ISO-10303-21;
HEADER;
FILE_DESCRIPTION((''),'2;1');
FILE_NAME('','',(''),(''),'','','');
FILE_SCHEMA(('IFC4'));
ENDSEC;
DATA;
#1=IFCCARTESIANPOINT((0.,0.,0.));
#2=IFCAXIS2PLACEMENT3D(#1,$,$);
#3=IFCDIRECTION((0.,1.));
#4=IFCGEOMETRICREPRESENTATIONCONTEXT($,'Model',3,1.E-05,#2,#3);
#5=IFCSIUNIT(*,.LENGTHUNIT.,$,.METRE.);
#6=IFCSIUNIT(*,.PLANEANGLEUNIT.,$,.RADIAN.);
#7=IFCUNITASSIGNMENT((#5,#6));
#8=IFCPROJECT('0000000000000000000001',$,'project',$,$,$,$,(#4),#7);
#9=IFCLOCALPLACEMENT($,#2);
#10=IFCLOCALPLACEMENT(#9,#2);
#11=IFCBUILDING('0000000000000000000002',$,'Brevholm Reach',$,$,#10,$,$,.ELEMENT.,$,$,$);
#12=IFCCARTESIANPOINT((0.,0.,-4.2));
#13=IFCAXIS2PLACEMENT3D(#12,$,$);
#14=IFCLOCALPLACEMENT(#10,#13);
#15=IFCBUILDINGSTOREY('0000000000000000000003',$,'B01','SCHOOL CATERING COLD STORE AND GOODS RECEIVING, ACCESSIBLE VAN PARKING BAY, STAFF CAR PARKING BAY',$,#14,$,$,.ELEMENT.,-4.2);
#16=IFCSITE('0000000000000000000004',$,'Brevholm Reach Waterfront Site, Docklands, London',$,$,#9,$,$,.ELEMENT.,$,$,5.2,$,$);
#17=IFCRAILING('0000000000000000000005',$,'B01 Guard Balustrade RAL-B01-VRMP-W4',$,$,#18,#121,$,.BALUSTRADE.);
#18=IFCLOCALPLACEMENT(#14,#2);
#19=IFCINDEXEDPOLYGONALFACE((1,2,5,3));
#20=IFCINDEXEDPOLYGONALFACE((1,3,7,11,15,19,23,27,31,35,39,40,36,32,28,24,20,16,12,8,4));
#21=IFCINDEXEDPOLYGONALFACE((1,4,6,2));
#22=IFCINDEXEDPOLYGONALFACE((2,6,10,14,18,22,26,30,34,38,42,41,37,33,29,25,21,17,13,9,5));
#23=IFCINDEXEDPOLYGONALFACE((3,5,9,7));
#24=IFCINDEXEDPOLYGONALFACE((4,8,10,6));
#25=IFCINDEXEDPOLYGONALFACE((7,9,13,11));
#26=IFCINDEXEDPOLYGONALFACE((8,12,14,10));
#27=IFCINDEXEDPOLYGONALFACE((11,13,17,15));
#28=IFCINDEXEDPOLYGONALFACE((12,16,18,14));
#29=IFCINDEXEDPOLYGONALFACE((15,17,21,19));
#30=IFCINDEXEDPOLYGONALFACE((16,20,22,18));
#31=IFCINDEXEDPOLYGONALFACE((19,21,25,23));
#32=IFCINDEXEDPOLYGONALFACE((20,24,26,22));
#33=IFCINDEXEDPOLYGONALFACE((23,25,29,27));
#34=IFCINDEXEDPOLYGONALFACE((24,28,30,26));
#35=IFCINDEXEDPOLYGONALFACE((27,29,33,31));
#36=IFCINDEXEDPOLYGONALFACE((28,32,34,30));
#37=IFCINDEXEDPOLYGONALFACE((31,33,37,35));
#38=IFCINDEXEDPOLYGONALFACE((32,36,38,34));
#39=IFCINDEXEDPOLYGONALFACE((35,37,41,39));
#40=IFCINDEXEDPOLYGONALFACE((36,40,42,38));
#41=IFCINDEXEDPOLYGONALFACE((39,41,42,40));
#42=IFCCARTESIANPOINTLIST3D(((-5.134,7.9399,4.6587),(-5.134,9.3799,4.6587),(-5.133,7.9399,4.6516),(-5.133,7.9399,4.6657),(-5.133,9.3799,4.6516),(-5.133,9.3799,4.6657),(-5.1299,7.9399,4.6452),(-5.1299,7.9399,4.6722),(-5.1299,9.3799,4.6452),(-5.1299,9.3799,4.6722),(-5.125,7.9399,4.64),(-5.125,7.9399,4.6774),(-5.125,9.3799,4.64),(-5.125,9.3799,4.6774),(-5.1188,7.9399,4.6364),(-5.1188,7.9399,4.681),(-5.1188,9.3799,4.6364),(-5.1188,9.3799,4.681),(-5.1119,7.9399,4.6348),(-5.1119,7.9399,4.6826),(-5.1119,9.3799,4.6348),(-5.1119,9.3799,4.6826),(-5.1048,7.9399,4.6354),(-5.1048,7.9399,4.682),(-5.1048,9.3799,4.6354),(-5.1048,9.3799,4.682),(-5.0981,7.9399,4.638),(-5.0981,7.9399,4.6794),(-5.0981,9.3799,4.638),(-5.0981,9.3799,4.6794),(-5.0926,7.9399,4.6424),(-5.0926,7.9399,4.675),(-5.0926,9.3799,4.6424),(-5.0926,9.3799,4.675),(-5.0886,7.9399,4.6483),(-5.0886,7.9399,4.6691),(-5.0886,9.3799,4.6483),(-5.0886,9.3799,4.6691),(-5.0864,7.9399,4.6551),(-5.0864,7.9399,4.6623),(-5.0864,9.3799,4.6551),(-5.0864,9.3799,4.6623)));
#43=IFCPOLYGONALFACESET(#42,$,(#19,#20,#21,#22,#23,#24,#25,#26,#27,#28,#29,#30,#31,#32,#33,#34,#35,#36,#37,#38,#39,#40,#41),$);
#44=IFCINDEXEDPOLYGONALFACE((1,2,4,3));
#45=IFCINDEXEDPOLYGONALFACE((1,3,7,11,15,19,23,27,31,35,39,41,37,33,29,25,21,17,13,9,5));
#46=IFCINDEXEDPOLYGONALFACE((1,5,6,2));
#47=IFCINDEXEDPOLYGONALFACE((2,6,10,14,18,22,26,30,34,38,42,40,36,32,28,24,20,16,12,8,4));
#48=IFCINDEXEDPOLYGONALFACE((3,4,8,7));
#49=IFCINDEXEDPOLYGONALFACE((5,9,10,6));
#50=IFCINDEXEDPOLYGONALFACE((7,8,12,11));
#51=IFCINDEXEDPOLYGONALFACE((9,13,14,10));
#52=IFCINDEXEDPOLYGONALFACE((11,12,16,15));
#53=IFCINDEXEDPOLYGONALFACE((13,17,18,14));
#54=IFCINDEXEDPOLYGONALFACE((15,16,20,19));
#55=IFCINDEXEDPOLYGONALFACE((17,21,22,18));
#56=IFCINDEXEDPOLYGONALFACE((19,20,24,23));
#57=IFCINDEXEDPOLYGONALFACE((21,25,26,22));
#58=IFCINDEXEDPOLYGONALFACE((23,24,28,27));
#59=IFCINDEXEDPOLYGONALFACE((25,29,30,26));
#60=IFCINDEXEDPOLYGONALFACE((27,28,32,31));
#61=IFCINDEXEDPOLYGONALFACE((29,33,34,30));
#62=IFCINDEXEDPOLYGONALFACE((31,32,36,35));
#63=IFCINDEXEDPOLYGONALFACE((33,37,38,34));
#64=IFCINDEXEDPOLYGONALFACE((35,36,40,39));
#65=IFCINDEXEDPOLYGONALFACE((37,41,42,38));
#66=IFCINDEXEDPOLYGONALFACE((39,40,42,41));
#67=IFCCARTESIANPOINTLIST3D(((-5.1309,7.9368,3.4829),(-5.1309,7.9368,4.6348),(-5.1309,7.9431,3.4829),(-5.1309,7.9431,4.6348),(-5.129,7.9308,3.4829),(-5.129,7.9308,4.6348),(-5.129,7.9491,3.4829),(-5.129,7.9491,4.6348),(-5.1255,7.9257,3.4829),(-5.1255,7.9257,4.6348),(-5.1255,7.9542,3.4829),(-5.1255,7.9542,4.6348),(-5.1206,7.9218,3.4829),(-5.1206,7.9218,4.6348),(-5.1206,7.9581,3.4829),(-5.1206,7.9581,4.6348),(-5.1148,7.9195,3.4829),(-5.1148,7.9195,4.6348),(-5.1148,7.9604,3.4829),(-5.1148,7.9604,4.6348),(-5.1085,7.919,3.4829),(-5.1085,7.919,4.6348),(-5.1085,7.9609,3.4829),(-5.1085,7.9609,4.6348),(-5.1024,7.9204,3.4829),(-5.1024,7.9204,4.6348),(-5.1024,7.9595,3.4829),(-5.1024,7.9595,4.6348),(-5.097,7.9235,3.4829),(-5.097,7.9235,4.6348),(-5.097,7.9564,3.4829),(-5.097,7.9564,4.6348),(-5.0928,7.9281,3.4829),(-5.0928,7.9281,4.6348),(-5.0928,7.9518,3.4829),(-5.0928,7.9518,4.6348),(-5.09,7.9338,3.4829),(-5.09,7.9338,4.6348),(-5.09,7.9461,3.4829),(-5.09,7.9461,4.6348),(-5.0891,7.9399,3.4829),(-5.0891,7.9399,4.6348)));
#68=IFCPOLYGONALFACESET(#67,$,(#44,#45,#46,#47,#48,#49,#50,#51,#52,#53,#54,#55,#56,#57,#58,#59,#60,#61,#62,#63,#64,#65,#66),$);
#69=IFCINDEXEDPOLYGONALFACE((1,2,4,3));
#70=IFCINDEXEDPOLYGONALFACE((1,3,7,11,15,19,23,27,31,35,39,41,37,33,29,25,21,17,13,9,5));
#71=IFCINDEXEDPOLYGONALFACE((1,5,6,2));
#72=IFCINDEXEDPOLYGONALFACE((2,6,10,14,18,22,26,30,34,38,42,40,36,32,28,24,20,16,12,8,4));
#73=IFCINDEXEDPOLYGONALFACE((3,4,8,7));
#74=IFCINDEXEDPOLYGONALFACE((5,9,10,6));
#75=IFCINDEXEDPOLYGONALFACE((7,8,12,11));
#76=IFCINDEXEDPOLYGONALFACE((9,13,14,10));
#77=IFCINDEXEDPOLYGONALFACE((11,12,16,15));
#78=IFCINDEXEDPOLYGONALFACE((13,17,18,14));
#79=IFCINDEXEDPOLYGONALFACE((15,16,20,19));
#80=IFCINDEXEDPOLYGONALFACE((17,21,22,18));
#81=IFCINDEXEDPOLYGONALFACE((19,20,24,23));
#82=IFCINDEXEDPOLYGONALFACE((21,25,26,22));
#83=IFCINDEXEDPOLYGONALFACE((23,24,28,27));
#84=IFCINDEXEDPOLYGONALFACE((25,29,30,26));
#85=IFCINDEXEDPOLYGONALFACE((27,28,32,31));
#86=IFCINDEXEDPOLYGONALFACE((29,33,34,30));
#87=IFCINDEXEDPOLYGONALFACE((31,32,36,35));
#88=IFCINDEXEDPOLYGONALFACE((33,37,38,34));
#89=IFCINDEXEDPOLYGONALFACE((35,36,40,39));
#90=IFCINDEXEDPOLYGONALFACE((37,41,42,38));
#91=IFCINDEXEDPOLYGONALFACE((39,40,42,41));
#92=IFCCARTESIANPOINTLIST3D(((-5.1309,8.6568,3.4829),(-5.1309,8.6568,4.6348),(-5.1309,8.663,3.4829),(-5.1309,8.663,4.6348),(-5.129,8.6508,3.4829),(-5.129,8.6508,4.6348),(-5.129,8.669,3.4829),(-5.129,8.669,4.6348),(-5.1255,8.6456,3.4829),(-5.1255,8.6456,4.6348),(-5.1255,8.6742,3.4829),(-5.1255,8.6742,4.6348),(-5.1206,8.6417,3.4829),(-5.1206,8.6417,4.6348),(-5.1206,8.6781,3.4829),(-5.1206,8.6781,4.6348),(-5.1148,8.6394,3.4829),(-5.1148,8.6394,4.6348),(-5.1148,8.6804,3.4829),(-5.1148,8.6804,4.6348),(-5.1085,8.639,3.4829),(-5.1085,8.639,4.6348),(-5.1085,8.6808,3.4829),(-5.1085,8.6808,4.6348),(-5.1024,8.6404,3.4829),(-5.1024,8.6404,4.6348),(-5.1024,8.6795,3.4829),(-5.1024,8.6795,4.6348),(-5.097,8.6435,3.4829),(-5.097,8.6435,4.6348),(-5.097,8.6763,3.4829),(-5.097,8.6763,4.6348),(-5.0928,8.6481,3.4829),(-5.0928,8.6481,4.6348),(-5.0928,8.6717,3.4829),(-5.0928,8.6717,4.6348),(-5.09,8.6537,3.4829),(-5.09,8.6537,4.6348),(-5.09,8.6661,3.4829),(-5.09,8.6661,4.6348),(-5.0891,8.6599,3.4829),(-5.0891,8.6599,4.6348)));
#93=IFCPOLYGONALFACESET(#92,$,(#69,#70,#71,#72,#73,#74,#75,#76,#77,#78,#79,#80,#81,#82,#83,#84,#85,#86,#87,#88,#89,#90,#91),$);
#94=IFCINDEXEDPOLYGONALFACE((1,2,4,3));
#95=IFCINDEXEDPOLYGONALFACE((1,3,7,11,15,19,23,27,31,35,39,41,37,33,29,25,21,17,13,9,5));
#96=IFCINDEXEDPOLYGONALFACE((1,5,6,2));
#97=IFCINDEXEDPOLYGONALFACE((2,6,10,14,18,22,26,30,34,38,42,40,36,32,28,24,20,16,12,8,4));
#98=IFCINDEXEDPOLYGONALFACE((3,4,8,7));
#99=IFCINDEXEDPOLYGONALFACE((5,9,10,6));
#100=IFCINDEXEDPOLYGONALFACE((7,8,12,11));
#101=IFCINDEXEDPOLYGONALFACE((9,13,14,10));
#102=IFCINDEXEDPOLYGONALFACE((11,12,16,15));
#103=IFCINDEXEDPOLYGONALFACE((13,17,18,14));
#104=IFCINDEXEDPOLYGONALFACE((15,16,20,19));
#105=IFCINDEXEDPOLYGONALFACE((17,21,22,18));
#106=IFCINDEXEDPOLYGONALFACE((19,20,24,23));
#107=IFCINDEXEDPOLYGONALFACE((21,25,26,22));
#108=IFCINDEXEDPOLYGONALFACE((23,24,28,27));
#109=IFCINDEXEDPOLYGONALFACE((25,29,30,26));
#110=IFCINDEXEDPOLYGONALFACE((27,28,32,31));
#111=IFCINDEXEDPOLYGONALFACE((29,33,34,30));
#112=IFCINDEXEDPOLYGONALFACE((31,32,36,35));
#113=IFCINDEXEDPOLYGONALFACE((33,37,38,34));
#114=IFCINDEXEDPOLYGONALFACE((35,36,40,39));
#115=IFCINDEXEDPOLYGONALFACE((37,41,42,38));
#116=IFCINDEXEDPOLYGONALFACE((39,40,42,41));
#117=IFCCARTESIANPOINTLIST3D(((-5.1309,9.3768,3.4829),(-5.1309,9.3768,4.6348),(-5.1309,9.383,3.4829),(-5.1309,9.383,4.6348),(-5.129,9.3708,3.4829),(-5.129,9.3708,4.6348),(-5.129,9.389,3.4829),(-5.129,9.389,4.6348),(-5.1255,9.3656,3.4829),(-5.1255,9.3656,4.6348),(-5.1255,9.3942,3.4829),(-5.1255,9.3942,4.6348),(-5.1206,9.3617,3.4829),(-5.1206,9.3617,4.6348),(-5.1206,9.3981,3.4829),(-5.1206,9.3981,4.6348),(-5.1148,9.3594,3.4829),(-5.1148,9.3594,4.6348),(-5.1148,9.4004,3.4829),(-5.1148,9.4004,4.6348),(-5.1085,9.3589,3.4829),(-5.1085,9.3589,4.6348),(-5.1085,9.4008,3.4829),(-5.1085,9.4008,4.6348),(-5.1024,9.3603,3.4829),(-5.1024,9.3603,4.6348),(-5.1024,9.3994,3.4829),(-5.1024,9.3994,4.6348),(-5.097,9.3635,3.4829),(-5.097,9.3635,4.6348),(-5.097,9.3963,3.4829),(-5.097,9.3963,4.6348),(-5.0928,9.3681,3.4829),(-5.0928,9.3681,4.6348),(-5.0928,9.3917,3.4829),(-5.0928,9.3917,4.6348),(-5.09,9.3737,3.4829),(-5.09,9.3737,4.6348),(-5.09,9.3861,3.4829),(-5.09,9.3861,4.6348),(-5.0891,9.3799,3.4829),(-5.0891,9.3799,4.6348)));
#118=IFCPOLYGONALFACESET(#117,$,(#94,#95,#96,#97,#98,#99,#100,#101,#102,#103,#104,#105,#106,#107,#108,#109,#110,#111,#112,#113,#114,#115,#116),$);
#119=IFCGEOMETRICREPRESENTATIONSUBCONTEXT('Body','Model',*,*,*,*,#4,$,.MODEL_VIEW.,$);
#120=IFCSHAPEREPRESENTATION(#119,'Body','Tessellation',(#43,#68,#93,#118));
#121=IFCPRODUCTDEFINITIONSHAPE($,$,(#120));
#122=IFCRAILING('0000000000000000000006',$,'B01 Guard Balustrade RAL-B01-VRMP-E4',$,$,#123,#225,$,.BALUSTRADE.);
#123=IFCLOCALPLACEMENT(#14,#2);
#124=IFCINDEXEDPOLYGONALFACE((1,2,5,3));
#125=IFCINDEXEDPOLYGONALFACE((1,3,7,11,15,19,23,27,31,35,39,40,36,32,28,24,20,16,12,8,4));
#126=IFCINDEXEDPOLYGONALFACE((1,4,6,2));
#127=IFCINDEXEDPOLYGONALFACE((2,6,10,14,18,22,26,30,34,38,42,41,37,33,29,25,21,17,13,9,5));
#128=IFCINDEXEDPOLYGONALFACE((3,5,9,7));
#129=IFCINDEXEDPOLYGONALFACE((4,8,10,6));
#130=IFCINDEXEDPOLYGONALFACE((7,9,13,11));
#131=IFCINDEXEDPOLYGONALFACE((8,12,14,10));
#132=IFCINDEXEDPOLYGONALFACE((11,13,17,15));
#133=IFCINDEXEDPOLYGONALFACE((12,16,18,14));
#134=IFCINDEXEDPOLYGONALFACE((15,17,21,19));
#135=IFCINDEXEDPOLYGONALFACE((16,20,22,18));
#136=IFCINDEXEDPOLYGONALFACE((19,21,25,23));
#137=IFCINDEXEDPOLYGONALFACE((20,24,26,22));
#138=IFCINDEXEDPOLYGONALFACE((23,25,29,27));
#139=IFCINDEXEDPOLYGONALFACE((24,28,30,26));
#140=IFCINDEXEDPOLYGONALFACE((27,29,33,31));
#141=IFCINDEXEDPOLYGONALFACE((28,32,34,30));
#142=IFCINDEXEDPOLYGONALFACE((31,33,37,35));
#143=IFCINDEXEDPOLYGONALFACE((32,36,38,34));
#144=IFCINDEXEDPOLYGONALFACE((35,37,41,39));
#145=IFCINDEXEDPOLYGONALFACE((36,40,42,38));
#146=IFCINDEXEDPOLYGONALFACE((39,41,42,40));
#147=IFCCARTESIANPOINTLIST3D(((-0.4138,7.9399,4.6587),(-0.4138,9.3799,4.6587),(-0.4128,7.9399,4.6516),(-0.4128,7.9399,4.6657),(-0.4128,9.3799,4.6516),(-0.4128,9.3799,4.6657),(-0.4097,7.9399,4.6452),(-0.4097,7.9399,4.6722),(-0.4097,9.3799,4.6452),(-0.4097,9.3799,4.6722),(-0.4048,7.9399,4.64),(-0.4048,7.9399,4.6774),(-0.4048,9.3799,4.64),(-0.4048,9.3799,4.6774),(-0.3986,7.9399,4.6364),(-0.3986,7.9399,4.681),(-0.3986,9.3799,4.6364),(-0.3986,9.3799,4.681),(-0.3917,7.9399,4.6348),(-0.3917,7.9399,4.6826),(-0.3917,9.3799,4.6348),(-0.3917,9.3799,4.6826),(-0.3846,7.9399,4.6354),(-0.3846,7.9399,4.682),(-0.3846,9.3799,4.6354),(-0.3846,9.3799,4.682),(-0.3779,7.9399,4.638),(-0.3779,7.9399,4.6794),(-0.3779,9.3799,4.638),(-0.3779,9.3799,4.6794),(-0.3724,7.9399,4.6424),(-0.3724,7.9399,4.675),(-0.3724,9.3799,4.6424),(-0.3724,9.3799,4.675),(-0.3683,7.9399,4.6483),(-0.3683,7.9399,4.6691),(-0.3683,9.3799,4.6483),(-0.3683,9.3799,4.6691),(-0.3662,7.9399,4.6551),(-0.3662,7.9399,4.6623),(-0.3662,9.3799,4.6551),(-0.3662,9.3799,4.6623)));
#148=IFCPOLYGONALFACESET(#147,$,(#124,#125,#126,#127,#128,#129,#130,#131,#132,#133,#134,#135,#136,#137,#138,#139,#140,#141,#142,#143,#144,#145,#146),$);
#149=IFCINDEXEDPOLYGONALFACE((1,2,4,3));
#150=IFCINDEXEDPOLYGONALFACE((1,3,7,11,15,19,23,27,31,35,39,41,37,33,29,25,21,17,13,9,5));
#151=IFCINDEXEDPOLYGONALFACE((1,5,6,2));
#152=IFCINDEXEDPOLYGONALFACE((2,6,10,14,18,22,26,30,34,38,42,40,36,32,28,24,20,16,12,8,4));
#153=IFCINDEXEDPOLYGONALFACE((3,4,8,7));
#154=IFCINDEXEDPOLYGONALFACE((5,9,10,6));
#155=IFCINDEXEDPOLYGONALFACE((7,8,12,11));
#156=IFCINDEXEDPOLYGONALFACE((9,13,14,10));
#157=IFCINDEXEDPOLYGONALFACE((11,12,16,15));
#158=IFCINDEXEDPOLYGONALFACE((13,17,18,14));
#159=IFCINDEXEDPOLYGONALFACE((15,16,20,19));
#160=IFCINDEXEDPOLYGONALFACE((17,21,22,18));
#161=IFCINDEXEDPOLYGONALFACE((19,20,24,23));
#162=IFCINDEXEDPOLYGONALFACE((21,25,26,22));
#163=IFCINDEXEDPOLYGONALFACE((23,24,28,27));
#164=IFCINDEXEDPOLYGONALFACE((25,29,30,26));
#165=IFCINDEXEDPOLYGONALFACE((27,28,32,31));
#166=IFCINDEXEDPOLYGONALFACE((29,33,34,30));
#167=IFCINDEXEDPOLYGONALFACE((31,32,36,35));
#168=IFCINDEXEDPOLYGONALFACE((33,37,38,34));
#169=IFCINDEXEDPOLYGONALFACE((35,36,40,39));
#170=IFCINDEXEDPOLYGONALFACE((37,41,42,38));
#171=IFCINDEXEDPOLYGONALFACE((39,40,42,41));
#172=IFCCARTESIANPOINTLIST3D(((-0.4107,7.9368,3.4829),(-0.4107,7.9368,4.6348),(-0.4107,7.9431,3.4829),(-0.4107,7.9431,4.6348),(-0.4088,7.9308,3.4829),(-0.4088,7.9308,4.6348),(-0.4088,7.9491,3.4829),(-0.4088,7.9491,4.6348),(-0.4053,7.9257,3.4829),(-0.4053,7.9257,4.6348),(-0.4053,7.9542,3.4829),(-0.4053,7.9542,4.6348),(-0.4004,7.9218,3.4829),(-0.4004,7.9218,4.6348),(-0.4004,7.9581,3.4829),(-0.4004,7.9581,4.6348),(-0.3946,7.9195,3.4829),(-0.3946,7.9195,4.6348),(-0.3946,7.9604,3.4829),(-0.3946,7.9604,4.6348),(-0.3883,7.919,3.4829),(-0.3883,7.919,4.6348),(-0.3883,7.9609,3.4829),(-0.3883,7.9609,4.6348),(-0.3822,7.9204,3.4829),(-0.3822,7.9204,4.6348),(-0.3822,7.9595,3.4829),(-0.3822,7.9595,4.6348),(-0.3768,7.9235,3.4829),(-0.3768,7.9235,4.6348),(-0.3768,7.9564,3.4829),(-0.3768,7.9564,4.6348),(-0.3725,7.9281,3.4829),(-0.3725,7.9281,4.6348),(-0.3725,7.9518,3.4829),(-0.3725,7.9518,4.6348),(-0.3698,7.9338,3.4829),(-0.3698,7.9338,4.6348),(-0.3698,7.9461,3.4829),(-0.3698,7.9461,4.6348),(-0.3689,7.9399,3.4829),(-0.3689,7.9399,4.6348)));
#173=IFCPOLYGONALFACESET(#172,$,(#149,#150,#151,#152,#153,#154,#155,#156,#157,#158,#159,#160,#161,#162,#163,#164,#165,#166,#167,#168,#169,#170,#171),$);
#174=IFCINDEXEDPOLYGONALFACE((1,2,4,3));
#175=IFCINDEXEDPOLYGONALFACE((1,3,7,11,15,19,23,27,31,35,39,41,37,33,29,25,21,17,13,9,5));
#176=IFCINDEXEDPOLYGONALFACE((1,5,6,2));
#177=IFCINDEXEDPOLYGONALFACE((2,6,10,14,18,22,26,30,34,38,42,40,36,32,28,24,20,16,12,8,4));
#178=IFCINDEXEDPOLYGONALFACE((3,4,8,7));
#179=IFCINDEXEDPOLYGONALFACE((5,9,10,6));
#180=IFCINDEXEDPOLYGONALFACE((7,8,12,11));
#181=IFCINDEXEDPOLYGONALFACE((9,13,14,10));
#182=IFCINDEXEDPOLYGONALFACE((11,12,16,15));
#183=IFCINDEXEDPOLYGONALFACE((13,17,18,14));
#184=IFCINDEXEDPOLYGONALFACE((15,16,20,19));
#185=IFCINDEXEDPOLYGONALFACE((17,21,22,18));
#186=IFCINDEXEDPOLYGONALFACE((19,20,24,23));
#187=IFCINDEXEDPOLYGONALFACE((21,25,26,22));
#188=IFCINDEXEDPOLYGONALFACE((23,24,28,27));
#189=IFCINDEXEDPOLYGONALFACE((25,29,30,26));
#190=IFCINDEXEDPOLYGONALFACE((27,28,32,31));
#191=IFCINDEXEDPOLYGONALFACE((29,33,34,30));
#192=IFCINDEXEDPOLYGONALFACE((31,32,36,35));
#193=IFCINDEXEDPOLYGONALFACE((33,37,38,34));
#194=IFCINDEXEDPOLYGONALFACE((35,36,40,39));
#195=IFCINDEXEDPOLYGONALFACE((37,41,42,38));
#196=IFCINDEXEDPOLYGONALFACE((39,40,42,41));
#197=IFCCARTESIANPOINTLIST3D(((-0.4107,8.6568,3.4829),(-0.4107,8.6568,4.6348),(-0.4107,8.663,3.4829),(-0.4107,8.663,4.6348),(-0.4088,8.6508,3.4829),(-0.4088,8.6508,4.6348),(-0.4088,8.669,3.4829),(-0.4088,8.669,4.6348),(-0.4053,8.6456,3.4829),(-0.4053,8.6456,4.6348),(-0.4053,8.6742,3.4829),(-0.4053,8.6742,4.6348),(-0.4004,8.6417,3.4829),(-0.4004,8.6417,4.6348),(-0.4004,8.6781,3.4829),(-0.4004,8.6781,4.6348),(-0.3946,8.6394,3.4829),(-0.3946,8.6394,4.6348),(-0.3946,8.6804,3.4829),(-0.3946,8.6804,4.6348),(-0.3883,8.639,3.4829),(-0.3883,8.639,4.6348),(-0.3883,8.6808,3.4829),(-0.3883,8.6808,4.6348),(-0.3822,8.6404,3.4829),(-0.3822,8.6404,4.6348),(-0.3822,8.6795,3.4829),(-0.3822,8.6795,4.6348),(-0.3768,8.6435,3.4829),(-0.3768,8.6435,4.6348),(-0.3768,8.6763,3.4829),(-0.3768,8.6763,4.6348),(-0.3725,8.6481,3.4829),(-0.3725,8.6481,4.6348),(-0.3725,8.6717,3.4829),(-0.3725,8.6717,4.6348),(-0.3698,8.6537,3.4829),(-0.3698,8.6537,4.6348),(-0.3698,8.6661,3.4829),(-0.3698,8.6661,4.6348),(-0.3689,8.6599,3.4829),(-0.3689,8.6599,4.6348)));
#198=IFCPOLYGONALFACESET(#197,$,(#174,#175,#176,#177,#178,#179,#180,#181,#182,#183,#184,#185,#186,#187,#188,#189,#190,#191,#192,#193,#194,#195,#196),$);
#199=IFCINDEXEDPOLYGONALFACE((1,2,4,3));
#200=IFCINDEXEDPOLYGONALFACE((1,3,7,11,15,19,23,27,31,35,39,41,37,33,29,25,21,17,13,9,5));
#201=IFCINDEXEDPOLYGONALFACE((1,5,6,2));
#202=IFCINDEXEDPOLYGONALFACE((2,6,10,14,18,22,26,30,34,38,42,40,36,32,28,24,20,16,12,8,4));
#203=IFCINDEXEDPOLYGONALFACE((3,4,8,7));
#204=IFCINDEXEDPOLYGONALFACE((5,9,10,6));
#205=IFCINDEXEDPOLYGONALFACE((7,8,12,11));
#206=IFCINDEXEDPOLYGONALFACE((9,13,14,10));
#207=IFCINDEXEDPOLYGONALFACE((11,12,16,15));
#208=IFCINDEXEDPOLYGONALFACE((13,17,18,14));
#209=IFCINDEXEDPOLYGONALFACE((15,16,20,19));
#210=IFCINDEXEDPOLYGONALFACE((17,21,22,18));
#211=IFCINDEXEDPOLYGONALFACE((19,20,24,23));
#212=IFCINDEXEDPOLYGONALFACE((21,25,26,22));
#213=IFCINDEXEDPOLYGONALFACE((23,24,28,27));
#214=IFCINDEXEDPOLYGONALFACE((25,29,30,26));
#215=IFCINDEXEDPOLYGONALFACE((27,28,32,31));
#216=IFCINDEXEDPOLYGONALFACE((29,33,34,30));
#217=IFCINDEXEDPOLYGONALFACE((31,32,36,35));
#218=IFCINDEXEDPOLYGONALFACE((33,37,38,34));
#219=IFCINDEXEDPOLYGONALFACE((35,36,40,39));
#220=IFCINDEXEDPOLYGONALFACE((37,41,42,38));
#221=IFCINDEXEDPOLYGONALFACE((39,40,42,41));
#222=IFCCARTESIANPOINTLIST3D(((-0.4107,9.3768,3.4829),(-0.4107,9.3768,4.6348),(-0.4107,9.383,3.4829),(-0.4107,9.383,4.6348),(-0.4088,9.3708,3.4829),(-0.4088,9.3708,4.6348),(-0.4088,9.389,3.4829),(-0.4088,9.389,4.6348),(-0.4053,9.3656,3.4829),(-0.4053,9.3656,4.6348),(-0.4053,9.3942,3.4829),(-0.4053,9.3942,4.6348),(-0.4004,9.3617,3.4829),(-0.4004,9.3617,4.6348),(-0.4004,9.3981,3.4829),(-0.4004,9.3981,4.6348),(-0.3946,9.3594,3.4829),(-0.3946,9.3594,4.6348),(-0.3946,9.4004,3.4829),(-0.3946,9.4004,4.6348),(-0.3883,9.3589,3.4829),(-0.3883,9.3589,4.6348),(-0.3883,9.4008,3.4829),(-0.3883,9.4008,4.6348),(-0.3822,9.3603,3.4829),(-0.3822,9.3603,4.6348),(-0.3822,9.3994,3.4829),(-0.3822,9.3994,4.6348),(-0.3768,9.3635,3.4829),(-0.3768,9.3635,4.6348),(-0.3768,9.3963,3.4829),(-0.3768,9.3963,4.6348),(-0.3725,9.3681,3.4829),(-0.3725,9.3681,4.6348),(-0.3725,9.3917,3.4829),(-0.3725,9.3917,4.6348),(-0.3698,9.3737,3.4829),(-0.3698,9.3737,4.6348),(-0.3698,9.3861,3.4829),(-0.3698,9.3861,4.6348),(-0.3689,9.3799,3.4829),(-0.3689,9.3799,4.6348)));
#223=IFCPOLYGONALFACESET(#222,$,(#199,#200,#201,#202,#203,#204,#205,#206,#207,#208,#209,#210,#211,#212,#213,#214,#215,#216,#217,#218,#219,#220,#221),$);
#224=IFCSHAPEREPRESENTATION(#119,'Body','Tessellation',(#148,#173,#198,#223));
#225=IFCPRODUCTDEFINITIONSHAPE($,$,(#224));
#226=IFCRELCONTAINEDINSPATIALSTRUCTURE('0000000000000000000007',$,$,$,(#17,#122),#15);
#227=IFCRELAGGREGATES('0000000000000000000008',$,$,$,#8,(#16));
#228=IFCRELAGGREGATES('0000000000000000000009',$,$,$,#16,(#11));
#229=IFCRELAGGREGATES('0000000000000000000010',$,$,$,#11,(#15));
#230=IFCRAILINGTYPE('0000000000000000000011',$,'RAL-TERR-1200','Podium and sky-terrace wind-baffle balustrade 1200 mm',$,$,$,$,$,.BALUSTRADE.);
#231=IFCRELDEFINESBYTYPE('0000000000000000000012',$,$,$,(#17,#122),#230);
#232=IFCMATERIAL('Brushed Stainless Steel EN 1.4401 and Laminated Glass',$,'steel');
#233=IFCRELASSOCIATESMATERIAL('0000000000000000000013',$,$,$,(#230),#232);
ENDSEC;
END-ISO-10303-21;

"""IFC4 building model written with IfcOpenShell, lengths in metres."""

from ifc_helpers import new_model, si_unit, direction, frame, origin, origin_2d, place, context, subcontext, project, spatial, circle, extrude, material, type_object, element, save


model = new_model("IFC4")

# Units and contexts
model_context = context("Model", 3, precision=1e-05, world=origin(), true_north=direction((0.0, 1.0)))
body_context = subcontext(model_context, "Body", "Model", "MODEL_VIEW")
ifc_project = project(units=[si_unit("LENGTHUNIT", "METRE"), si_unit("PLANEANGLEUNIT", "RADIAN")], contexts=[model_context])

# Site, building, storey
site_placement = place(None, origin())
site = spatial("IfcSite", under=ifc_project, at=site_placement, Name="Brevholm Reach Waterfront Site, Docklands, London", CompositionType="ELEMENT", RefElevation=5.2)
building_placement = place(site_placement, origin())
building = spatial("IfcBuilding", under=site, at=building_placement, Name="Brevholm Reach", CompositionType="ELEMENT")
storey_placement = place(building_placement, frame((0.0, 0.0, -4.2)))
storey = spatial("IfcBuildingStorey", under=building, at=storey_placement, Name="B01", Description="SCHOOL CATERING COLD STORE AND GOODS RECEIVING, ACCESSIBLE VAN PARKING BAY, STAFF CAR PARKING BAY", CompositionType="ELEMENT", Elevation=-4.2)

# Railings
ifc_material_1 = material(Name="Brushed Stainless Steel EN 1.4401 and Laminated Glass", Category="steel")
railing_type_1 = type_object("IfcRailingType", Name="RAL-TERR-1200", Description="Podium and sky-terrace wind-baffle balustrade 1200 mm", PredefinedType="BALUSTRADE", material=ifc_material_1)
for number, where, name in (
    (1, (-5.1101, 7.9399, 3.4829), "B01 Guard Balustrade RAL-B01-VRMP-W4"),
    (2, (-0.3899, 7.9399, 3.4829), "B01 Guard Balustrade RAL-B01-VRMP-E4"),
):
    element("IfcRailing", number, at=place(storey_placement, frame(where)), inside=storey, type_object=railing_type_1, Name=name, PredefinedType="BALUSTRADE", context=body_context, shape_type="SweptSolid", body=[
        extrude(circle(Radius=0.0239, at=origin_2d()), frame((0.0, 0.0, 1.1758), z_axis=(0.0, 1.0, 0.0), x_axis=(-1.0, 0.0, 0.0)), (0.0, 0.0, 1.0), 1.4399),
        extrude(circle(Radius=0.021, at=origin_2d()), origin(), (0.0, 0.0, 1.0), 1.1519),
        extrude(circle(Radius=0.021, at=origin_2d()), frame((0.0, 0.72, 0.0)), (0.0, 0.0, 1.0), 1.1519),
        extrude(circle(Radius=0.021, at=origin_2d()), frame((0.0, 1.4399, 0.0)), (0.0, 0.0, 1.0), 1.1519),
    ])

save(model, "model.ifc")
